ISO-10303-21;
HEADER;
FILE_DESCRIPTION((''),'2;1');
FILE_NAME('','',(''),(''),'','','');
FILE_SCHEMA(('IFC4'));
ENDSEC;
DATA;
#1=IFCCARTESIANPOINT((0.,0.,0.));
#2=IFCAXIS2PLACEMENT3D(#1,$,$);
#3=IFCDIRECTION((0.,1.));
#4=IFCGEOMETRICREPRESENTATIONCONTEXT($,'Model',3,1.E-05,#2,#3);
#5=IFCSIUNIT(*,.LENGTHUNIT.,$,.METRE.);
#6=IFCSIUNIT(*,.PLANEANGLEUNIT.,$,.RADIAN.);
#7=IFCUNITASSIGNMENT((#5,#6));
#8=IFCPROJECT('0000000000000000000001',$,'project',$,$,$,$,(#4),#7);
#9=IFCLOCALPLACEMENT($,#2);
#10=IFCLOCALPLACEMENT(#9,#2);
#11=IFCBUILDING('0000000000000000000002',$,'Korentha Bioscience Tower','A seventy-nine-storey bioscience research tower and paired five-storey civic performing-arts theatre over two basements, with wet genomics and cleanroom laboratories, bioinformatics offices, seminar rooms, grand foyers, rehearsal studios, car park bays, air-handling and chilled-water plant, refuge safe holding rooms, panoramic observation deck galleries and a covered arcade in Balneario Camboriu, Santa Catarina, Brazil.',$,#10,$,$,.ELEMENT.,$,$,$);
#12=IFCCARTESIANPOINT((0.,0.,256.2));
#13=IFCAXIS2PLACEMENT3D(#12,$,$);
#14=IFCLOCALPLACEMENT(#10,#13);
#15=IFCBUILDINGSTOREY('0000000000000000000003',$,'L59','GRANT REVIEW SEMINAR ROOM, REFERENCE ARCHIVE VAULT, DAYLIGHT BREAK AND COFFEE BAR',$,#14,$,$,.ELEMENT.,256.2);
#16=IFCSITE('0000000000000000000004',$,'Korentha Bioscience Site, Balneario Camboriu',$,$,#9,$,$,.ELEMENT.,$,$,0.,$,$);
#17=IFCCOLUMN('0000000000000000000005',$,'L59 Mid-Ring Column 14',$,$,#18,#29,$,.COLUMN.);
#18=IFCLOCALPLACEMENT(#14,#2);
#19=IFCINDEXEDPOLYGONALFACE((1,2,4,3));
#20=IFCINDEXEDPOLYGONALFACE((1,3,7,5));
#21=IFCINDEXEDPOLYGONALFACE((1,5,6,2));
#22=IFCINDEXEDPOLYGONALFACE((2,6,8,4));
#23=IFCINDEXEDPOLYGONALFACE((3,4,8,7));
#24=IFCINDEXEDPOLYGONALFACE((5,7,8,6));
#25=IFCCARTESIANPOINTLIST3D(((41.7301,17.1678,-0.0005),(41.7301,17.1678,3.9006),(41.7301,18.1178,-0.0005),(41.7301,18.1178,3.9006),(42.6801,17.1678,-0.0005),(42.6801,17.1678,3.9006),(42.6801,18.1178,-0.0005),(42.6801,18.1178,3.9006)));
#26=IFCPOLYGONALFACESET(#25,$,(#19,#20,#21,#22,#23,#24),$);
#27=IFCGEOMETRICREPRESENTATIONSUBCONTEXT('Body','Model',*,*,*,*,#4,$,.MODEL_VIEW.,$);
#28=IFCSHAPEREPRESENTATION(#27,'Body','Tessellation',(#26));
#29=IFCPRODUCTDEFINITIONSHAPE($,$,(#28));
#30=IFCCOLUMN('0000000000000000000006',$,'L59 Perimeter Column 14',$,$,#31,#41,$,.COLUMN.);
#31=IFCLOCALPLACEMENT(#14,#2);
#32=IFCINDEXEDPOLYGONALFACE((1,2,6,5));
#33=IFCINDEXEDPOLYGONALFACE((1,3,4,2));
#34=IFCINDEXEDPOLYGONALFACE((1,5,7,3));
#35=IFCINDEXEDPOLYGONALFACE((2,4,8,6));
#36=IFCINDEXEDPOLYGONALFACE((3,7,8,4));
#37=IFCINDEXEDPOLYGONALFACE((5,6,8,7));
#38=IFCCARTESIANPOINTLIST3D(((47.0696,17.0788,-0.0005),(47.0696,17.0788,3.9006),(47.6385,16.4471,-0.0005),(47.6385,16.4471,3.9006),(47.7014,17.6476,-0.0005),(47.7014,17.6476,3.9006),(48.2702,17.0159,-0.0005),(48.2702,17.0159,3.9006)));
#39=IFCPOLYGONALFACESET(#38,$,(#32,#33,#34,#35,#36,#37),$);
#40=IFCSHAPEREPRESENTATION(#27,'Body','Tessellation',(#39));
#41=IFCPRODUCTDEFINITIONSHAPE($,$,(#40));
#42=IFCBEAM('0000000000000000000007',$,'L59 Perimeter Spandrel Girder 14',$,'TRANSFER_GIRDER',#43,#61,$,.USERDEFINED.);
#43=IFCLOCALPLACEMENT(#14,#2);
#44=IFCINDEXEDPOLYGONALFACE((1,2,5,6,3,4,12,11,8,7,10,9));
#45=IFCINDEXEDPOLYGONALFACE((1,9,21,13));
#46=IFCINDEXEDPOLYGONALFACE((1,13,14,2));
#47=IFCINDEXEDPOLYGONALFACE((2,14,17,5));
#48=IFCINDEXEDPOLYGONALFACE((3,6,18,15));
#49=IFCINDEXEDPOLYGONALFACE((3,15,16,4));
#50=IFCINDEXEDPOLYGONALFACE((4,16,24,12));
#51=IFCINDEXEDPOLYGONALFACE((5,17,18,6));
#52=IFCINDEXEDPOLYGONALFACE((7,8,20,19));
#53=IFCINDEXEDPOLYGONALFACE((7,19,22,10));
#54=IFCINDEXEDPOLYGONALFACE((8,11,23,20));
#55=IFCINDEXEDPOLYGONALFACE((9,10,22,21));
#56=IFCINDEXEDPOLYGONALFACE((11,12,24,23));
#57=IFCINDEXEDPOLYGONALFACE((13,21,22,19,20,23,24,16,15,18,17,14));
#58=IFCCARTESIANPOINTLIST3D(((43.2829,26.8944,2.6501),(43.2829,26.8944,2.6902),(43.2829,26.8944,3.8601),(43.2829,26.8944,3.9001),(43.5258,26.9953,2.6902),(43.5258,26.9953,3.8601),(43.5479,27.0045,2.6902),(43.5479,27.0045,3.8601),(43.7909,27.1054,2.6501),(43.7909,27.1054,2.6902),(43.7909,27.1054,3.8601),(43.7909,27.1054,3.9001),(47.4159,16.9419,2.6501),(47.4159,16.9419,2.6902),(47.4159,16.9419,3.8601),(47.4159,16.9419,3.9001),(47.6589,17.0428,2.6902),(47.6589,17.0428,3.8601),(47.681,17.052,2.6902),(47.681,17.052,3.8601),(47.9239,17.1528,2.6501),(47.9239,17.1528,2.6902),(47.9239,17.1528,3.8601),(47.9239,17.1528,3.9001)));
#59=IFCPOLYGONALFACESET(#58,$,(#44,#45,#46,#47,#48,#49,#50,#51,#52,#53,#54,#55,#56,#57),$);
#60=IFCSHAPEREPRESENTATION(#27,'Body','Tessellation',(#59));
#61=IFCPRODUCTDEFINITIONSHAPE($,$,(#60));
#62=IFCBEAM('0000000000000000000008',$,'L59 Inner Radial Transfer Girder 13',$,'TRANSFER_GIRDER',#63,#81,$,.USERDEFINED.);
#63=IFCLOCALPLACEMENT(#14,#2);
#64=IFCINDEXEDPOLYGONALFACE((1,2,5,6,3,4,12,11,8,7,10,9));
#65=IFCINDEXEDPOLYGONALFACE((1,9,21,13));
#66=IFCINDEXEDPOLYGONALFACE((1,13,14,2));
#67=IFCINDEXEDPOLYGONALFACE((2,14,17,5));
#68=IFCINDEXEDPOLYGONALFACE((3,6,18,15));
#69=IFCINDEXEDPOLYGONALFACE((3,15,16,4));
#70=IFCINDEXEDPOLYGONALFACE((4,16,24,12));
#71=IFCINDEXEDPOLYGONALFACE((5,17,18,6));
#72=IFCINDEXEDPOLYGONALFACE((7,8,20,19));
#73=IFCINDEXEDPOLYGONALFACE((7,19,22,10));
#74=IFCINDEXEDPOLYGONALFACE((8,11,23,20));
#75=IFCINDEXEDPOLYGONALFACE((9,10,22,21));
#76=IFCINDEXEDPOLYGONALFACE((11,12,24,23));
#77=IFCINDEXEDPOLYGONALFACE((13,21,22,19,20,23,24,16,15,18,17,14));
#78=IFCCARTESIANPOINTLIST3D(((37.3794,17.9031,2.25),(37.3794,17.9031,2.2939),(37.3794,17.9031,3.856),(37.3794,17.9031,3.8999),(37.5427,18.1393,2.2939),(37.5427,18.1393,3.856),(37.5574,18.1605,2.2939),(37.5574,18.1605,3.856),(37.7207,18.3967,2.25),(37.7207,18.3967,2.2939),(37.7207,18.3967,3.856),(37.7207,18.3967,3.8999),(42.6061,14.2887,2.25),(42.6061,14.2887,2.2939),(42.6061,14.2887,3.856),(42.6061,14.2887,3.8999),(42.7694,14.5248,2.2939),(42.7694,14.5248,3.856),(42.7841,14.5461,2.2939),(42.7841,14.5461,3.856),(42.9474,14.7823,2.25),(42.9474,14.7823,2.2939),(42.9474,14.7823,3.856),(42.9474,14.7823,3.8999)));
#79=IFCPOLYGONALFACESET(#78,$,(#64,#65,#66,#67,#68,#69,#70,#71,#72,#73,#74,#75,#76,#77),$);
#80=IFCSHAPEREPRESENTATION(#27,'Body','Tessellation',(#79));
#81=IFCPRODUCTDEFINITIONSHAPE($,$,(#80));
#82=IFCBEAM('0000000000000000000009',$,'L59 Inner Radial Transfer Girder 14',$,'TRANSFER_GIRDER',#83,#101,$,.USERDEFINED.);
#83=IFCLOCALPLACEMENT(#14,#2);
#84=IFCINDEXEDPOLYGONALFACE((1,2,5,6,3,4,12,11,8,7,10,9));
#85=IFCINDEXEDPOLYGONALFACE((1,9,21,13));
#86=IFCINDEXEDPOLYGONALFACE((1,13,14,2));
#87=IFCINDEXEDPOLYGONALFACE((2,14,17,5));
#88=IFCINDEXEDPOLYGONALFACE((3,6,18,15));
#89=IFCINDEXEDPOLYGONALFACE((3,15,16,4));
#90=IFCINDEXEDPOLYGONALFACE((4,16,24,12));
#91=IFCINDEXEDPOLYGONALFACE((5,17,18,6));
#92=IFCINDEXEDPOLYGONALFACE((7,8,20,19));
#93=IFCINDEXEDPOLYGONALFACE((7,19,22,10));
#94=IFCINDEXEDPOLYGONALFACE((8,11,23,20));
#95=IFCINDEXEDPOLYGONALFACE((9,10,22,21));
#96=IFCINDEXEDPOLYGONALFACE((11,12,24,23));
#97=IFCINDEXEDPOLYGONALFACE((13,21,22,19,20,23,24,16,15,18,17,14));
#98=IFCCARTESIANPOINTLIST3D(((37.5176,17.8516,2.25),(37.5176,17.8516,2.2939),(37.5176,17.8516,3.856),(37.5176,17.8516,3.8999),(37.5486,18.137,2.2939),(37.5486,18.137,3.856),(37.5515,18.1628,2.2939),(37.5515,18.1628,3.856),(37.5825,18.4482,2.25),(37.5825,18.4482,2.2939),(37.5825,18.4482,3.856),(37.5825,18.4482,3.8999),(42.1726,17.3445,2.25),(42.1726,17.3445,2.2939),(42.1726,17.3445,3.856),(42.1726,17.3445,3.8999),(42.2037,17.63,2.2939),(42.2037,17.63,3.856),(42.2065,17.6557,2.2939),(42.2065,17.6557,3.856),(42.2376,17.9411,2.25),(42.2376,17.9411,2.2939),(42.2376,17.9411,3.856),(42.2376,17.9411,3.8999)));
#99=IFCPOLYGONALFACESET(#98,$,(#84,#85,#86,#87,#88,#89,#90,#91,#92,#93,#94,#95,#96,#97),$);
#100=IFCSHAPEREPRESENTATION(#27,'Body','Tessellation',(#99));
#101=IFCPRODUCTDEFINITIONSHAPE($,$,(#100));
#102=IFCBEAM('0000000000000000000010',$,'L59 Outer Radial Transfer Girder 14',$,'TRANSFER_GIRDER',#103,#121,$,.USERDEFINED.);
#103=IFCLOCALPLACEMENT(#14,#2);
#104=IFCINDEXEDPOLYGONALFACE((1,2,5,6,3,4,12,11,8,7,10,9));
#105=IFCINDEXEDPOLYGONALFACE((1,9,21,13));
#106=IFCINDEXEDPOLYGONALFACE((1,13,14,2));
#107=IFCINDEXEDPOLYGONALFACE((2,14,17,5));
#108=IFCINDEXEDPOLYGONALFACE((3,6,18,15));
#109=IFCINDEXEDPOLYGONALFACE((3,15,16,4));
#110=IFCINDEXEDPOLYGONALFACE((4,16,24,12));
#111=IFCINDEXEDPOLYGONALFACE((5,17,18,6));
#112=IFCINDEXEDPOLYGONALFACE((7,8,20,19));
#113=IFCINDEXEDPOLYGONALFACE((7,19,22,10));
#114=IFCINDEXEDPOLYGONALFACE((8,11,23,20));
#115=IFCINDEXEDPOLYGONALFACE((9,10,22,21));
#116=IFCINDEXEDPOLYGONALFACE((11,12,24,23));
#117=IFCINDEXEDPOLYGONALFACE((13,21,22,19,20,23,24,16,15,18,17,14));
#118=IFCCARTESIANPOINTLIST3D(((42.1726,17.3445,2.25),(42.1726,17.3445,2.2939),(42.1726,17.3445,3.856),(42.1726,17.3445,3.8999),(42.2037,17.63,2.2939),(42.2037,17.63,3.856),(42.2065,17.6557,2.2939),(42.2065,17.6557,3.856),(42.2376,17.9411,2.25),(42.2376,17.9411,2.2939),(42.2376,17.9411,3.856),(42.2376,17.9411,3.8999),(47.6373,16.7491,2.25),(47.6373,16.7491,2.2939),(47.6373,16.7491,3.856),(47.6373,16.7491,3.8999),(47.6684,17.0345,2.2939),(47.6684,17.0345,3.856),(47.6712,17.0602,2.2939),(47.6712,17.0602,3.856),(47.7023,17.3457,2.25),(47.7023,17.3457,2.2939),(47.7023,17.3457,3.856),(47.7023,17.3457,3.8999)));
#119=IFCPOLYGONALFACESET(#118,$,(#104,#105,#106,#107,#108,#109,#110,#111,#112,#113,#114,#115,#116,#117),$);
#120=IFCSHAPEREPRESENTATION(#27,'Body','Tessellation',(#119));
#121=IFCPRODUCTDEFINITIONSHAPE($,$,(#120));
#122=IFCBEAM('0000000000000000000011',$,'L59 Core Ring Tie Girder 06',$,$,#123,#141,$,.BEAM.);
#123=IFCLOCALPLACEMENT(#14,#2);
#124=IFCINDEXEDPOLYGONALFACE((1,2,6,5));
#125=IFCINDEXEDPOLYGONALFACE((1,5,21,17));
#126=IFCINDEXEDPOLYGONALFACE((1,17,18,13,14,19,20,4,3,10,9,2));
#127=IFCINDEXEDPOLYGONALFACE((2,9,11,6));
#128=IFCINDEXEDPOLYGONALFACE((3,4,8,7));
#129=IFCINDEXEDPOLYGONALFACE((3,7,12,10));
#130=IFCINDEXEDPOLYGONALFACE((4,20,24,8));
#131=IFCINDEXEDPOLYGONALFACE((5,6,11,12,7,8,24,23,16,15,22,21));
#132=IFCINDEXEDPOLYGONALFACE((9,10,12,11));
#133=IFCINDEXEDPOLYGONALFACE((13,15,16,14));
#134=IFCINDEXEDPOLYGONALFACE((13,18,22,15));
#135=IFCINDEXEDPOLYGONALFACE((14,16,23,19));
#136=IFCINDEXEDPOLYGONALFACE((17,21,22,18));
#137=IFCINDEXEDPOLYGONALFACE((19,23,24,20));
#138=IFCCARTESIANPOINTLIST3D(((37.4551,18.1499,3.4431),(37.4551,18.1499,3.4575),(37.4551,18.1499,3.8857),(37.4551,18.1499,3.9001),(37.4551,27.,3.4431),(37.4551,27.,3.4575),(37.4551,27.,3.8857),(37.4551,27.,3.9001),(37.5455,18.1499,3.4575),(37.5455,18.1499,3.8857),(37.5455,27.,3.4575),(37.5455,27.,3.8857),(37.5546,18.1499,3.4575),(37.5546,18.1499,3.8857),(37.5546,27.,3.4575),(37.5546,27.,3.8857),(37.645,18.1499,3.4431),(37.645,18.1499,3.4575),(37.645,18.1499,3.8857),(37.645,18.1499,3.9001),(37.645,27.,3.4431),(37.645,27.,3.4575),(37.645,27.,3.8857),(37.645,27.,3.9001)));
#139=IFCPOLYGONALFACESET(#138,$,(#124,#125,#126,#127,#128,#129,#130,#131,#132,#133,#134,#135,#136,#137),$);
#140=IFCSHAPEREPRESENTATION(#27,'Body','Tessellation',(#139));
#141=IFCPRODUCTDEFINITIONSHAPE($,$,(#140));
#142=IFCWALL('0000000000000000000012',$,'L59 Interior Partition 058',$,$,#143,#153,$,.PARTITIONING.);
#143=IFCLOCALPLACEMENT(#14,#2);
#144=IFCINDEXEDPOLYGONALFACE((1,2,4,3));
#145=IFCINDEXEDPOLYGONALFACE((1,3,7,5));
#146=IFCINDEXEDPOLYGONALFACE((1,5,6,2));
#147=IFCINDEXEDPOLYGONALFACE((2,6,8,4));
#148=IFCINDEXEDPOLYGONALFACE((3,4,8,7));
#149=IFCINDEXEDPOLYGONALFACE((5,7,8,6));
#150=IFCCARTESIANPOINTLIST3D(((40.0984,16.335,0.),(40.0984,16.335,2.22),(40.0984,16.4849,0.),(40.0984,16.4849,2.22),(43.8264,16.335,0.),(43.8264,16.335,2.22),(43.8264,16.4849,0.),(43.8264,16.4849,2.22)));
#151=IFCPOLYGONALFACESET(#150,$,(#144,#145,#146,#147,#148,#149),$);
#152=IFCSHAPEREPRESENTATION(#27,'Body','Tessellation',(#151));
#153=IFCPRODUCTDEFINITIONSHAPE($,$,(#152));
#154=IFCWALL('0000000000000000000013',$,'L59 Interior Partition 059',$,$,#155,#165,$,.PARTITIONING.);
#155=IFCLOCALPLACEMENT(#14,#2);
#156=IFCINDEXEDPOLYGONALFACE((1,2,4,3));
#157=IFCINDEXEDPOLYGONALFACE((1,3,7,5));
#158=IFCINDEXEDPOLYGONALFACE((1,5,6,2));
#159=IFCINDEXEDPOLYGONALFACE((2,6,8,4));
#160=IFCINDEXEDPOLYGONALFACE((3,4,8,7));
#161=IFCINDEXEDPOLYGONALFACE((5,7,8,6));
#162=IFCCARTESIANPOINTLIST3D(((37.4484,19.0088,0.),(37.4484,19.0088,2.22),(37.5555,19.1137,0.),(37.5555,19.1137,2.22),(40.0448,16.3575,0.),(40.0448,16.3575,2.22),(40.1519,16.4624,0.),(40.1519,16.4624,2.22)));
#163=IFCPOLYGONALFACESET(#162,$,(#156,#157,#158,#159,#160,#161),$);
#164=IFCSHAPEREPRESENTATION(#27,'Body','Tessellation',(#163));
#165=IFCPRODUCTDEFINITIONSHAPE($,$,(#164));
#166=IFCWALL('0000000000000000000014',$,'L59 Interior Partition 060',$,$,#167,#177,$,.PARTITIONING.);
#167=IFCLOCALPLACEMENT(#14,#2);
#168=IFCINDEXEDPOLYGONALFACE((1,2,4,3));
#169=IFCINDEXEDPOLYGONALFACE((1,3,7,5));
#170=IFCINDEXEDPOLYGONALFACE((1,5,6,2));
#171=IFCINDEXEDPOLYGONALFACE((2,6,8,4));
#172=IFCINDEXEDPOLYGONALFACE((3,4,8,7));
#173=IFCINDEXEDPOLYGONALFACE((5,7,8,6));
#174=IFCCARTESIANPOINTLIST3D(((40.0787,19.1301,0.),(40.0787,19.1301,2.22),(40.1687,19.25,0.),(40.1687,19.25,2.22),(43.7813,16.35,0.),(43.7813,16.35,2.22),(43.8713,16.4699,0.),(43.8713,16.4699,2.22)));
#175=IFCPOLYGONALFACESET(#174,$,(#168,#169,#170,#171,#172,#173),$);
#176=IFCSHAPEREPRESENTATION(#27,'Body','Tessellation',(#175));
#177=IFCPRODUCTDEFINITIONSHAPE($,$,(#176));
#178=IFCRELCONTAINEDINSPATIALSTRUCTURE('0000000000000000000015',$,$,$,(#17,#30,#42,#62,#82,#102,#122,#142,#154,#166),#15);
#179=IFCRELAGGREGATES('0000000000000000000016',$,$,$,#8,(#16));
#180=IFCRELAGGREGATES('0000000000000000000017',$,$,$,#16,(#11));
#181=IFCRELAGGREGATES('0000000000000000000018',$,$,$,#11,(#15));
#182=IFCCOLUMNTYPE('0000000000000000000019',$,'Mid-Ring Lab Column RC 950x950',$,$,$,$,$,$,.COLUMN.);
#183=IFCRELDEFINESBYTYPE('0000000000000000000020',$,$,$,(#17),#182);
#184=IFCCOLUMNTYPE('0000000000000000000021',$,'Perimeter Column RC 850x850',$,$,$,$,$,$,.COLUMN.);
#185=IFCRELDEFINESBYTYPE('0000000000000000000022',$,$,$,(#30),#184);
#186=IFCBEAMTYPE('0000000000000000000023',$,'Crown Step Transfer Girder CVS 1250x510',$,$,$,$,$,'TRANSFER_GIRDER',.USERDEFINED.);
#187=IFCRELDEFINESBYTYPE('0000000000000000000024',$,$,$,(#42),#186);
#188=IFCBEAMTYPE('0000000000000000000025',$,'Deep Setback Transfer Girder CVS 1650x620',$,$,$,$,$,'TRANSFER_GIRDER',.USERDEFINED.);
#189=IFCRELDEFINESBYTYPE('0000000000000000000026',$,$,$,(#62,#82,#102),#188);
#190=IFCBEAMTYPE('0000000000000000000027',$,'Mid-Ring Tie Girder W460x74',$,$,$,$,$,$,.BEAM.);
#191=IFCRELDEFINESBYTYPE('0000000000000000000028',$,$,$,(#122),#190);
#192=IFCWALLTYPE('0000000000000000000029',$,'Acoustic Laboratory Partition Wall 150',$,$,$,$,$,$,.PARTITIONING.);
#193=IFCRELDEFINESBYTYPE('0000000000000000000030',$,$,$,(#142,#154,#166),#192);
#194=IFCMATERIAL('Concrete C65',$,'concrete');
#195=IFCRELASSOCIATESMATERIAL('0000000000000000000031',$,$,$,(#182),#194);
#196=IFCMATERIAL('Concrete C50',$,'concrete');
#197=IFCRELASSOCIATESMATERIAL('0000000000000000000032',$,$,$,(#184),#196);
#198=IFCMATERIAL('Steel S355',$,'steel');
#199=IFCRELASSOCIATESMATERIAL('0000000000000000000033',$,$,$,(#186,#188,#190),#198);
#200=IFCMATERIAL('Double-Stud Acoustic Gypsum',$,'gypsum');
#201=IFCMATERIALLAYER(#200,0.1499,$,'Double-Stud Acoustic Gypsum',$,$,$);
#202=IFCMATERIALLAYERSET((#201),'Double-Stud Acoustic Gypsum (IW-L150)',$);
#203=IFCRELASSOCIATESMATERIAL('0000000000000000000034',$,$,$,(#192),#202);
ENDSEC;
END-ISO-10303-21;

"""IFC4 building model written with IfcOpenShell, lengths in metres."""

from ifc_helpers import new_model, si_unit, direction, frame, frame_2d, origin, origin_2d, place, context, subcontext, project, spatial, rectangle, i_section, extrude, material, layer, layer_set, material_profile, profile_set, type_object, element, save


model = new_model("IFC4")

# Units and contexts
model_context = context("Model", 3, precision=1e-05, world=origin(), true_north=direction((0.0, 1.0)))
body_context = subcontext(model_context, "Body", "Model", "MODEL_VIEW")
ifc_project = project(units=[si_unit("LENGTHUNIT", "METRE"), si_unit("PLANEANGLEUNIT", "RADIAN")], contexts=[model_context])

# Site, building, storey
site_placement = place(None, origin())
site = spatial("IfcSite", under=ifc_project, at=site_placement, Name="Korentha Bioscience Site, Balneario Camboriu", CompositionType="ELEMENT", RefElevation=0.0)
building_placement = place(site_placement, origin())
building = spatial("IfcBuilding", under=site, at=building_placement, Name="Korentha Bioscience Tower", Description="A seventy-nine-storey bioscience research tower and paired five-storey civic performing-arts theatre over two basements, with wet genomics and cleanroom laboratories, bioinformatics offices, seminar rooms, grand foyers, rehearsal studios, car park bays, air-handling and chilled-water plant, refuge safe holding rooms, panoramic observation deck galleries and a covered arcade in Balneario Camboriu, Santa Catarina, Brazil.", CompositionType="ELEMENT")
storey_placement = place(building_placement, frame((0.0, 0.0, 256.2)))
storey = spatial("IfcBuildingStorey", under=building, at=storey_placement, Name="L59", Description="GRANT REVIEW SEMINAR ROOM, REFERENCE ARCHIVE VAULT, DAYLIGHT BREAK AND COFFEE BAR", CompositionType="ELEMENT", Elevation=256.2)

# Columns
ifc_material_1 = material(Name="Concrete C65", Category="concrete")
ifc_material_profile_1 = material_profile(ifc_material_1, rectangle(XDim=0.95, YDim=0.95, at=origin_2d()), Name="Concrete C65")
ifc_profile_set_1 = profile_set([ifc_material_profile_1], Name="Concrete C65 (COL-MR09)")
column_type_1 = type_object("IfcColumnType", Name="Mid-Ring Lab Column RC 950x950", PredefinedType="COLUMN", material=ifc_profile_set_1)
column_1_placement = place(storey_placement, frame((42.2051, 17.6428, -0.0005), z_axis=(0.0, 0.0, 1.0), x_axis=(1.0, 0.0, 0.0)))
element("IfcColumn", 1, at=column_1_placement, inside=storey, type_object=column_type_1, Name="L59 Mid-Ring Column 14", PredefinedType="COLUMN", context=body_context, shape_type="SweptSolid", body=[
    extrude(rectangle(XDim=0.95, YDim=0.95, at=origin_2d()), origin(), (0.0, 0.0, 1.0), 3.9011),
])
ifc_material_2 = material(Name="Concrete C50", Category="concrete")
ifc_material_profile_2 = material_profile(ifc_material_2, rectangle(XDim=0.8501, YDim=0.8501, at=origin_2d()), Name="Concrete C50")
ifc_profile_set_2 = profile_set([ifc_material_profile_2], Name="Concrete C50 (COL-P08)")
column_type_2 = type_object("IfcColumnType", Name="Perimeter Column RC 850x850", PredefinedType="COLUMN", material=ifc_profile_set_2)
column_2_placement = place(storey_placement, frame((47.6699, 17.0474, -0.0005), z_axis=(0.0, 0.0, 1.0), x_axis=(-0.669131, 0.743145, 0.0)))
element("IfcColumn", 2, at=column_2_placement, inside=storey, type_object=column_type_2, Name="L59 Perimeter Column 14", PredefinedType="COLUMN", context=body_context, shape_type="SweptSolid", body=[
    extrude(rectangle(XDim=0.8501, YDim=0.8501, at=origin_2d()), origin(), (0.0, 0.0, 1.0), 3.9011),
])

# Beams
ifc_material_3 = material(Name="Steel S355", Category="steel")
ifc_material_profile_3 = material_profile(ifc_material_3, i_section(OverallWidth=0.55, OverallDepth=1.25, WebThickness=0.0239, FlangeThickness=0.04, at=origin_2d()), Name="Steel S355")
ifc_profile_set_3 = profile_set([ifc_material_profile_3], Name="Steel S355 (TG-03)")
beam_type_1 = type_object("IfcBeamType", Name="Crown Step Transfer Girder CVS 1250x510", ElementType="TRANSFER_GIRDER", PredefinedType="USERDEFINED", material=ifc_profile_set_3)
beam_1_placement = place(storey_placement, frame((47.6699, 17.0474, 3.2751), z_axis=(-0.383518, 0.923533, 0.0), x_axis=(-0.923533, -0.383518, 0.0)))
element("IfcBeam", 3, at=beam_1_placement, inside=storey, type_object=beam_type_1, Name="L59 Perimeter Spandrel Girder 14", ObjectType="TRANSFER_GIRDER", PredefinedType="USERDEFINED", context=body_context, shape_type="SweptSolid", body=[
    extrude(i_section(OverallWidth=0.55, OverallDepth=1.25, WebThickness=0.0239, FlangeThickness=0.04, at=origin_2d()), origin(), (0.0, 0.0, 1.0), 10.7766),
])
ifc_material_profile_4 = material_profile(ifc_material_3, i_section(OverallWidth=0.6001, OverallDepth=1.6499, WebThickness=0.0259, FlangeThickness=0.0439, at=origin_2d()), Name="Steel S355")
ifc_profile_set_4 = profile_set([ifc_material_profile_4], Name="Steel S355 (TG-04)")
beam_type_2 = type_object("IfcBeamType", Name="Deep Setback Transfer Girder CVS 1650x620", ElementType="TRANSFER_GIRDER", PredefinedType="USERDEFINED", material=ifc_profile_set_4)
beam_2_placement = place(storey_placement, frame((37.55, 18.1499, 3.075), z_axis=(0.822491, -0.568778, 0.0), x_axis=(0.568778, 0.822491, 0.0)))
element("IfcBeam", 4, at=beam_2_placement, inside=storey, type_object=beam_type_2, Name="L59 Inner Radial Transfer Girder 13", ObjectType="TRANSFER_GIRDER", PredefinedType="USERDEFINED", context=body_context, shape_type="SweptSolid", body=[
    extrude(i_section(OverallWidth=0.6001, OverallDepth=1.6499, WebThickness=0.0259, FlangeThickness=0.0439, at=origin_2d()), origin(), (0.0, 0.0, 1.0), 6.3547),
])
beam_3_placement = place(storey_placement, frame((37.55, 18.1499, 3.075), z_axis=(0.994119, -0.108291, 0.0), x_axis=(0.108291, 0.994119, 0.0)))
element("IfcBeam", 5, at=beam_3_placement, inside=storey, type_object=beam_type_2, Name="L59 Inner Radial Transfer Girder 14", ObjectType="TRANSFER_GIRDER", PredefinedType="USERDEFINED", context=body_context, shape_type="SweptSolid", body=[
    extrude(i_section(OverallWidth=0.6001, OverallDepth=1.6499, WebThickness=0.0259, FlangeThickness=0.0439, at=origin_2d()), origin(), (0.0, 0.0, 1.0), 4.6826),
])
beam_4_placement = place(storey_placement, frame((42.2051, 17.6428, 3.075), z_axis=(0.994116, -0.108321, 0.0), x_axis=(0.108321, 0.994116, 0.0)))
element("IfcBeam", 6, at=beam_4_placement, inside=storey, type_object=beam_type_2, Name="L59 Outer Radial Transfer Girder 14", ObjectType="TRANSFER_GIRDER", PredefinedType="USERDEFINED", context=body_context, shape_type="SweptSolid", body=[
    extrude(i_section(OverallWidth=0.6001, OverallDepth=1.6499, WebThickness=0.0259, FlangeThickness=0.0439, at=origin_2d()), origin(), (0.0, 0.0, 1.0), 5.4971),
])
ifc_material_profile_5 = material_profile(ifc_material_3, i_section(OverallWidth=0.1899, OverallDepth=0.457, WebThickness=0.009, FlangeThickness=0.0144, at=origin_2d()), Name="Steel S355")
ifc_profile_set_5 = profile_set([ifc_material_profile_5], Name="Steel S355 (MB-460)")
beam_type_3 = type_object("IfcBeamType", Name="Mid-Ring Tie Girder W460x74", PredefinedType="BEAM", material=ifc_profile_set_5)
beam_5_placement = place(storey_placement, frame((37.55, 18.1499, 3.6716), z_axis=(0.0, 1.0, 0.0), x_axis=(-1.0, 0.0, 0.0)))
element("IfcBeam", 7, at=beam_5_placement, inside=storey, type_object=beam_type_3, Name="L59 Core Ring Tie Girder 06", PredefinedType="BEAM", context=body_context, shape_type="SweptSolid", body=[
    extrude(i_section(OverallWidth=0.1899, OverallDepth=0.457, WebThickness=0.009, FlangeThickness=0.0144, at=origin_2d()), origin(), (0.0, 0.0, 1.0), 8.8501),
])

# Shared definitions
ifc_material_4 = material(Name="Double-Stud Acoustic Gypsum", Category="gypsum")
ifc_layer_1 = layer(ifc_material_4, 0.1499, Name="Double-Stud Acoustic Gypsum")
ifc_layer_set_1 = layer_set([ifc_layer_1], Name="Double-Stud Acoustic Gypsum (IW-L150)")
wall_type_1 = type_object("IfcWallType", Name="Acoustic Laboratory Partition Wall 150", PredefinedType="PARTITIONING", material=ifc_layer_set_1)

# Walls
wall_1_placement = place(storey_placement, frame((43.8264, 16.4099, 0.0), z_axis=(0.0, 0.0, 1.0), x_axis=(-1.0, 0.0, 0.0)))
element("IfcWall", 8, at=wall_1_placement, inside=storey, type_object=wall_type_1, Name="L59 Interior Partition 058", PredefinedType="PARTITIONING", context=body_context, shape_type="SweptSolid", body=[
    extrude(rectangle(XDim=3.728, YDim=0.1499, at=frame_2d((1.864, 0.0))), origin(), (0.0, 0.0, 1.0), 2.22),
])
wall_2_placement = place(storey_placement, frame((40.0984, 16.4099, 0.0), z_axis=(0.0, 0.0, 1.0), x_axis=(-0.699667, 0.714469, 0.0)))
element("IfcWall", 9, at=wall_2_placement, inside=storey, type_object=wall_type_1, Name="L59 Interior Partition 059", PredefinedType="PARTITIONING", context=body_context, shape_type="SweptSolid", body=[
    extrude(rectangle(XDim=3.7109, YDim=0.1499, at=frame_2d((1.8555, 0.0))), origin(), (0.0, 0.0, 1.0), 2.22),
])
wall_3_placement = place(storey_placement, frame((40.1238, 19.1899, 0.0), z_axis=(0.0, 0.0, 1.0), x_axis=(0.799684, -0.600422, 0.0)))
element("IfcWall", 10, at=wall_3_placement, inside=storey, type_object=wall_type_1, Name="L59 Interior Partition 060", PredefinedType="PARTITIONING", context=body_context, shape_type="SweptSolid", body=[
    extrude(rectangle(XDim=4.6301, YDim=0.1499, at=frame_2d((2.3149, 0.0))), origin(), (0.0, 0.0, 1.0), 2.22),
])

save(model, "model.ifc")
